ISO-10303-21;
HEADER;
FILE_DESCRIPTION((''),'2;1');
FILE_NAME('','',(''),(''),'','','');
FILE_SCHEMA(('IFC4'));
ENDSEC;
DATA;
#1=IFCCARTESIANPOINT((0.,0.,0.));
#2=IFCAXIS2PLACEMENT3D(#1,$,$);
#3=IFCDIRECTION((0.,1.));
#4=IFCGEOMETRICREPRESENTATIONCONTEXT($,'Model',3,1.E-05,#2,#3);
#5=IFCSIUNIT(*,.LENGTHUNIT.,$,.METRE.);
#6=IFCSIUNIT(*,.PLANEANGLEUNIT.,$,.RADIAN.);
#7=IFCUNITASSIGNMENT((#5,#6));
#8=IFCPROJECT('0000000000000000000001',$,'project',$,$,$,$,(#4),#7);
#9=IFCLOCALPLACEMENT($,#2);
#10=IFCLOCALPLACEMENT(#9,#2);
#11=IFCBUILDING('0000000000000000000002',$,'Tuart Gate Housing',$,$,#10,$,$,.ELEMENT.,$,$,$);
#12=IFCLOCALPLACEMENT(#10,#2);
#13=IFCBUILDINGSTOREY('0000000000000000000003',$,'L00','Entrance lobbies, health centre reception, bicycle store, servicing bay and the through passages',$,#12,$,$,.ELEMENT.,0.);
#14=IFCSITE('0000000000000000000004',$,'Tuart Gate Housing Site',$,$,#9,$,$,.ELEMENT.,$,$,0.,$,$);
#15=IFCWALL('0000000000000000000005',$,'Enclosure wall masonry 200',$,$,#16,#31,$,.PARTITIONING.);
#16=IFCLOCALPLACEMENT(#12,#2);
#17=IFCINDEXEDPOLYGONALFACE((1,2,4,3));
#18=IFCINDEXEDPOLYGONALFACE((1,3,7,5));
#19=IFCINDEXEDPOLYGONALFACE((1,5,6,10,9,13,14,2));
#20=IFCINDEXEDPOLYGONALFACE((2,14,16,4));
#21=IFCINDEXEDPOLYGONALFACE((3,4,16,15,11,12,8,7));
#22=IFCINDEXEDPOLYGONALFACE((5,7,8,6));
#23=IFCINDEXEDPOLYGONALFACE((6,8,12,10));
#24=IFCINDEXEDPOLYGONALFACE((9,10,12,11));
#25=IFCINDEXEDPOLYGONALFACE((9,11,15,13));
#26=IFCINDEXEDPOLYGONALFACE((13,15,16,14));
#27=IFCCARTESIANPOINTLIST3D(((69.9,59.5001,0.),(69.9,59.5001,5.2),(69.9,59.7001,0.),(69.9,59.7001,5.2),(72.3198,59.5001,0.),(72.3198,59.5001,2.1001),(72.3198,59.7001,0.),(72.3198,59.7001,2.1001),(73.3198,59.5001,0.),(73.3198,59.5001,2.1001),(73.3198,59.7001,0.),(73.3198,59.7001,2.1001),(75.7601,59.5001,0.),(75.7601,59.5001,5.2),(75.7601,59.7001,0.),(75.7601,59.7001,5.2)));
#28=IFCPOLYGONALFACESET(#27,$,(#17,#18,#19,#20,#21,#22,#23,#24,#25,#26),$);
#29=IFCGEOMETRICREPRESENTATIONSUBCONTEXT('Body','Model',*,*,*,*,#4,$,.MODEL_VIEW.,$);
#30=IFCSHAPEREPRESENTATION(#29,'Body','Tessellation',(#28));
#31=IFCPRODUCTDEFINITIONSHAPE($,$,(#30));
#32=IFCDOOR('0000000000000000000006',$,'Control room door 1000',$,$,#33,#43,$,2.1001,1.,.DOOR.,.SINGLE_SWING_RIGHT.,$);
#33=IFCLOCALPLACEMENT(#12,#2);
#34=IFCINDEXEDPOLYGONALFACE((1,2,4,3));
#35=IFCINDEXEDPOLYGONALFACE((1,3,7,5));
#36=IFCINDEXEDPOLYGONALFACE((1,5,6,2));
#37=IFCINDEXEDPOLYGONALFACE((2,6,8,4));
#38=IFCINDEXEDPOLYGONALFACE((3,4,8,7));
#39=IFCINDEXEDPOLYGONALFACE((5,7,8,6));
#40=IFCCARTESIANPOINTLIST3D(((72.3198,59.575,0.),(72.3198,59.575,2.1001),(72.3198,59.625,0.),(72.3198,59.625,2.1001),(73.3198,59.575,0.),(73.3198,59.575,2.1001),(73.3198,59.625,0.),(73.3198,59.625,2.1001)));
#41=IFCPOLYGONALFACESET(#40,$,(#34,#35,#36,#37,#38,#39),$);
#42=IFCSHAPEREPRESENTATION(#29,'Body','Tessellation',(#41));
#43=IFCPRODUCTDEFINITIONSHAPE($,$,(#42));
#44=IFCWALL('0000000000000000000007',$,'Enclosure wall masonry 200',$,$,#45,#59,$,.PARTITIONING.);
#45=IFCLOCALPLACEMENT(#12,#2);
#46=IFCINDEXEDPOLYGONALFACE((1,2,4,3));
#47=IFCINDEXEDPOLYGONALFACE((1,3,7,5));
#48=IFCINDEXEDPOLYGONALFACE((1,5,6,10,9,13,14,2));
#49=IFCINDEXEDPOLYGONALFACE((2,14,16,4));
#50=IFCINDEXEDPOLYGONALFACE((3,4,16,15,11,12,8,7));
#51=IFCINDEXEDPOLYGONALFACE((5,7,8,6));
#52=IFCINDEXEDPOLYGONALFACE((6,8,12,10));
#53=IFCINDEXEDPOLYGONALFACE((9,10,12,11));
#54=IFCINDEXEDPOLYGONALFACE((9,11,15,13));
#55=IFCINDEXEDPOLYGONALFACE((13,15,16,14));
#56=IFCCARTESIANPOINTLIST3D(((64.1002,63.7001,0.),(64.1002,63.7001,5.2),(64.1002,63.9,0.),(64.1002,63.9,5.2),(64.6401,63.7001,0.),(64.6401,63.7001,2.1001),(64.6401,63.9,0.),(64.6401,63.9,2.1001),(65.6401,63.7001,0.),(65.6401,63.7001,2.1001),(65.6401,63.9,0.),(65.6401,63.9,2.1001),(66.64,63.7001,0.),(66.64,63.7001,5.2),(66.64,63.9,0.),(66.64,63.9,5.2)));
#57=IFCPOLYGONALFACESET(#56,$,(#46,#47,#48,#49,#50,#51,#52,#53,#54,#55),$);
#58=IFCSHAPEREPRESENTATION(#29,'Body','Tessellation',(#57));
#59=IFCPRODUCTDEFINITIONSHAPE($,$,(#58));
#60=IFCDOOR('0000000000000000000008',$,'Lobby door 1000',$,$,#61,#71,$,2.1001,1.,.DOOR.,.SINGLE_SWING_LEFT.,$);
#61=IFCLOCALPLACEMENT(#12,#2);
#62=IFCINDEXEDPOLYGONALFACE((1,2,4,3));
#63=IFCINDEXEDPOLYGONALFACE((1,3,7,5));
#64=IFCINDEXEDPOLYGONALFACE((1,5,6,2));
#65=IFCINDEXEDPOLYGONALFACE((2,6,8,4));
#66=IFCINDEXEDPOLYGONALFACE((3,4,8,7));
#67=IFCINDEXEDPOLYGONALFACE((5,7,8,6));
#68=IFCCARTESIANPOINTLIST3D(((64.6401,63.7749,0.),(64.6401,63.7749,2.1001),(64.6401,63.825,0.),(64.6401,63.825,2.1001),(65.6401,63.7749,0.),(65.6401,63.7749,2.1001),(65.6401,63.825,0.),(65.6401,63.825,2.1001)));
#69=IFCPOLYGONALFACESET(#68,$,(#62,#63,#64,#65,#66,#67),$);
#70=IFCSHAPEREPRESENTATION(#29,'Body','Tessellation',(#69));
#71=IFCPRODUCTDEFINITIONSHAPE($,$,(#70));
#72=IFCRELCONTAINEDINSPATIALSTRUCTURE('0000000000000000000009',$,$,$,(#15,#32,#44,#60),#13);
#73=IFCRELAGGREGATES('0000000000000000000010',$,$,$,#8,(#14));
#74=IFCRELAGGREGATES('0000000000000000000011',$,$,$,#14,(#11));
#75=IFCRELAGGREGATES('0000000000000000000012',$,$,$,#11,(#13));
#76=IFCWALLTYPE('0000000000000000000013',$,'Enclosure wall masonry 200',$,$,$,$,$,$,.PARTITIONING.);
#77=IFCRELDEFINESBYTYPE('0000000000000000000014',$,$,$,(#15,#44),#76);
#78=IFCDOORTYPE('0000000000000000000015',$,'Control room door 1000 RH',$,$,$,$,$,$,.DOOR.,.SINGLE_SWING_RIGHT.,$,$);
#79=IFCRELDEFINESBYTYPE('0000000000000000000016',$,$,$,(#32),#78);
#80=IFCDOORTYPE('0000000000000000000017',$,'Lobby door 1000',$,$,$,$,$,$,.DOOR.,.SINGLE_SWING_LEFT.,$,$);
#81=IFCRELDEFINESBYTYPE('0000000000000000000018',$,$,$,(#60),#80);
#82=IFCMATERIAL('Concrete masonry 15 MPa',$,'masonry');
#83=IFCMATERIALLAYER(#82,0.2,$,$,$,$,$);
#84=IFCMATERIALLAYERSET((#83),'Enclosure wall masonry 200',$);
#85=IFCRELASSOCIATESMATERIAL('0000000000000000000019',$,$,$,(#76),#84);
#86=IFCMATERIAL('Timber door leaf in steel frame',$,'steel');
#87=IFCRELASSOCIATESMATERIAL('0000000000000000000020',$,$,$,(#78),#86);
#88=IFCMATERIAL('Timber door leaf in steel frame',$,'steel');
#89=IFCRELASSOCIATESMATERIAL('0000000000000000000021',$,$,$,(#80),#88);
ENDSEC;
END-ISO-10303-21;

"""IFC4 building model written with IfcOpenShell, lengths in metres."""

from ifc_helpers import new_model, si_unit, direction, frame, frame_2d, origin, place, context, subcontext, project, spatial, rectangle, extrude, material, layer, layer_set, type_object, element, fill, save


model = new_model("IFC4")

# Units and contexts
model_context = context("Model", 3, precision=1e-05, world=origin(), true_north=direction((0.0, 1.0)))
body_context = subcontext(model_context, "Body", "Model", "MODEL_VIEW")
ifc_project = project(units=[si_unit("LENGTHUNIT", "METRE"), si_unit("PLANEANGLEUNIT", "RADIAN")], contexts=[model_context])

# Site, building, storey
site_placement = place(None, origin())
site = spatial("IfcSite", under=ifc_project, at=site_placement, Name="Tuart Gate Housing Site", CompositionType="ELEMENT", RefElevation=0.0)
building_placement = place(site_placement, origin())
building = spatial("IfcBuilding", under=site, at=building_placement, Name="Tuart Gate Housing", CompositionType="ELEMENT")
storey_placement = place(building_placement, origin())
storey = spatial("IfcBuildingStorey", under=building, at=storey_placement, Name="L00", Description="Entrance lobbies, health centre reception, bicycle store, servicing bay and the through passages", CompositionType="ELEMENT", Elevation=0.0)

# Walls, openings, doors
ifc_material_1 = material(Name="Concrete masonry 15 MPa", Category="masonry")
ifc_layer_1 = layer(ifc_material_1, 0.2)
ifc_layer_set_1 = layer_set([ifc_layer_1], Name="Enclosure wall masonry 200")
wall_type_1 = type_object("IfcWallType", Name="Enclosure wall masonry 200", PredefinedType="PARTITIONING", material=ifc_layer_set_1)
wall_1_placement = place(storey_placement, frame((69.8999, 59.6001, 0.0), z_axis=(0.0, 0.0, 1.0), x_axis=(1.0, 0.0, 0.0)))
wall_1 = element("IfcWall", 1, at=wall_1_placement, inside=storey, type_object=wall_type_1, Name="Enclosure wall masonry 200", PredefinedType="PARTITIONING", context=body_context, shape_type="SweptSolid", body=[
    extrude(rectangle(XDim=5.8601, YDim=0.2, at=frame_2d((2.9302, 0.0))), origin(), (0.0, 0.0, 1.0), 5.2),
])
opening_1_placement = place(wall_1_placement, frame((2.4199, 0.0, 0.0)))
opening_1 = element("IfcOpeningElement", 2, at=opening_1_placement, cuts=wall_1, PredefinedType="OPENING", context=body_context, shape_type="SweptSolid", body=[
    extrude(rectangle(XDim=1.0, YDim=2.1001, at=frame_2d((0.5, 1.05))), frame((0.0, 0.1099, 0.0), z_axis=(0.0, -1.0, 0.0), x_axis=(1.0, 0.0, 0.0)), (0.0, 0.0, 1.0), 0.22),
])
ifc_material_2 = material(Name="Timber door leaf in steel frame", Category="steel")
door_type_1 = type_object("IfcDoorType", Name="Control room door 1000 RH", OperationType="SINGLE_SWING_RIGHT", PredefinedType="DOOR", material=ifc_material_2)
door_1_placement = place(opening_1_placement, frame((1.0, 0.0, 0.0), z_axis=(0.0, 0.0, 1.0), x_axis=(-1.0, 0.0, 0.0)))
door_1 = element("IfcDoor", 3, at=door_1_placement, inside=storey, type_object=door_type_1, Name="Control room door 1000", OperationType="SINGLE_SWING_RIGHT", OverallHeight=2.1001, OverallWidth=1.0, PredefinedType="DOOR", context=body_context, shape_type="SweptSolid", body=[
    extrude(rectangle(XDim=1.0, YDim=2.1001, at=frame_2d((0.5, 1.05))), frame((0.0, 0.0251, 0.0), z_axis=(0.0, -1.0, 0.0), x_axis=(1.0, 0.0, 0.0)), (0.0, 0.0, 1.0), 0.05),
])
fill(opening_1, door_1)
wall_2_placement = place(storey_placement, frame((64.1001, 63.8, 0.0), z_axis=(0.0, 0.0, 1.0), x_axis=(1.0, 0.0, 0.0)))
wall_2 = element("IfcWall", 4, at=wall_2_placement, inside=storey, type_object=wall_type_1, Name="Enclosure wall masonry 200", PredefinedType="PARTITIONING", context=body_context, shape_type="SweptSolid", body=[
    extrude(rectangle(XDim=2.5398, YDim=0.2, at=frame_2d((1.27, 0.0))), origin(), (0.0, 0.0, 1.0), 5.2),
])
opening_2_placement = place(wall_2_placement, frame((0.54, 0.0, 0.0)))
opening_2 = element("IfcOpeningElement", 5, at=opening_2_placement, cuts=wall_2, PredefinedType="OPENING", context=body_context, shape_type="SweptSolid", body=[
    extrude(rectangle(XDim=1.0, YDim=2.1001, at=frame_2d((0.5, 1.05))), frame((0.0, 0.1099, 0.0), z_axis=(0.0, -1.0, 0.0), x_axis=(1.0, 0.0, 0.0)), (0.0, 0.0, 1.0), 0.22),
])
ifc_material_3 = material(Name="Timber door leaf in steel frame", Category="steel")
door_type_2 = type_object("IfcDoorType", Name="Lobby door 1000", OperationType="SINGLE_SWING_LEFT", PredefinedType="DOOR", material=ifc_material_3)
door_2_placement = place(opening_2_placement, origin())
door_2 = element("IfcDoor", 6, at=door_2_placement, inside=storey, type_object=door_type_2, Name="Lobby door 1000", OperationType="SINGLE_SWING_LEFT", OverallHeight=2.1001, OverallWidth=1.0, PredefinedType="DOOR", context=body_context, shape_type="SweptSolid", body=[
    extrude(rectangle(XDim=1.0, YDim=2.1001, at=frame_2d((0.5, 1.05))), frame((0.0, 0.0249, 0.0), z_axis=(0.0, -1.0, 0.0), x_axis=(1.0, 0.0, 0.0)), (0.0, 0.0, 1.0), 0.05),
])
fill(opening_2, door_2)

save(model, "model.ifc")
